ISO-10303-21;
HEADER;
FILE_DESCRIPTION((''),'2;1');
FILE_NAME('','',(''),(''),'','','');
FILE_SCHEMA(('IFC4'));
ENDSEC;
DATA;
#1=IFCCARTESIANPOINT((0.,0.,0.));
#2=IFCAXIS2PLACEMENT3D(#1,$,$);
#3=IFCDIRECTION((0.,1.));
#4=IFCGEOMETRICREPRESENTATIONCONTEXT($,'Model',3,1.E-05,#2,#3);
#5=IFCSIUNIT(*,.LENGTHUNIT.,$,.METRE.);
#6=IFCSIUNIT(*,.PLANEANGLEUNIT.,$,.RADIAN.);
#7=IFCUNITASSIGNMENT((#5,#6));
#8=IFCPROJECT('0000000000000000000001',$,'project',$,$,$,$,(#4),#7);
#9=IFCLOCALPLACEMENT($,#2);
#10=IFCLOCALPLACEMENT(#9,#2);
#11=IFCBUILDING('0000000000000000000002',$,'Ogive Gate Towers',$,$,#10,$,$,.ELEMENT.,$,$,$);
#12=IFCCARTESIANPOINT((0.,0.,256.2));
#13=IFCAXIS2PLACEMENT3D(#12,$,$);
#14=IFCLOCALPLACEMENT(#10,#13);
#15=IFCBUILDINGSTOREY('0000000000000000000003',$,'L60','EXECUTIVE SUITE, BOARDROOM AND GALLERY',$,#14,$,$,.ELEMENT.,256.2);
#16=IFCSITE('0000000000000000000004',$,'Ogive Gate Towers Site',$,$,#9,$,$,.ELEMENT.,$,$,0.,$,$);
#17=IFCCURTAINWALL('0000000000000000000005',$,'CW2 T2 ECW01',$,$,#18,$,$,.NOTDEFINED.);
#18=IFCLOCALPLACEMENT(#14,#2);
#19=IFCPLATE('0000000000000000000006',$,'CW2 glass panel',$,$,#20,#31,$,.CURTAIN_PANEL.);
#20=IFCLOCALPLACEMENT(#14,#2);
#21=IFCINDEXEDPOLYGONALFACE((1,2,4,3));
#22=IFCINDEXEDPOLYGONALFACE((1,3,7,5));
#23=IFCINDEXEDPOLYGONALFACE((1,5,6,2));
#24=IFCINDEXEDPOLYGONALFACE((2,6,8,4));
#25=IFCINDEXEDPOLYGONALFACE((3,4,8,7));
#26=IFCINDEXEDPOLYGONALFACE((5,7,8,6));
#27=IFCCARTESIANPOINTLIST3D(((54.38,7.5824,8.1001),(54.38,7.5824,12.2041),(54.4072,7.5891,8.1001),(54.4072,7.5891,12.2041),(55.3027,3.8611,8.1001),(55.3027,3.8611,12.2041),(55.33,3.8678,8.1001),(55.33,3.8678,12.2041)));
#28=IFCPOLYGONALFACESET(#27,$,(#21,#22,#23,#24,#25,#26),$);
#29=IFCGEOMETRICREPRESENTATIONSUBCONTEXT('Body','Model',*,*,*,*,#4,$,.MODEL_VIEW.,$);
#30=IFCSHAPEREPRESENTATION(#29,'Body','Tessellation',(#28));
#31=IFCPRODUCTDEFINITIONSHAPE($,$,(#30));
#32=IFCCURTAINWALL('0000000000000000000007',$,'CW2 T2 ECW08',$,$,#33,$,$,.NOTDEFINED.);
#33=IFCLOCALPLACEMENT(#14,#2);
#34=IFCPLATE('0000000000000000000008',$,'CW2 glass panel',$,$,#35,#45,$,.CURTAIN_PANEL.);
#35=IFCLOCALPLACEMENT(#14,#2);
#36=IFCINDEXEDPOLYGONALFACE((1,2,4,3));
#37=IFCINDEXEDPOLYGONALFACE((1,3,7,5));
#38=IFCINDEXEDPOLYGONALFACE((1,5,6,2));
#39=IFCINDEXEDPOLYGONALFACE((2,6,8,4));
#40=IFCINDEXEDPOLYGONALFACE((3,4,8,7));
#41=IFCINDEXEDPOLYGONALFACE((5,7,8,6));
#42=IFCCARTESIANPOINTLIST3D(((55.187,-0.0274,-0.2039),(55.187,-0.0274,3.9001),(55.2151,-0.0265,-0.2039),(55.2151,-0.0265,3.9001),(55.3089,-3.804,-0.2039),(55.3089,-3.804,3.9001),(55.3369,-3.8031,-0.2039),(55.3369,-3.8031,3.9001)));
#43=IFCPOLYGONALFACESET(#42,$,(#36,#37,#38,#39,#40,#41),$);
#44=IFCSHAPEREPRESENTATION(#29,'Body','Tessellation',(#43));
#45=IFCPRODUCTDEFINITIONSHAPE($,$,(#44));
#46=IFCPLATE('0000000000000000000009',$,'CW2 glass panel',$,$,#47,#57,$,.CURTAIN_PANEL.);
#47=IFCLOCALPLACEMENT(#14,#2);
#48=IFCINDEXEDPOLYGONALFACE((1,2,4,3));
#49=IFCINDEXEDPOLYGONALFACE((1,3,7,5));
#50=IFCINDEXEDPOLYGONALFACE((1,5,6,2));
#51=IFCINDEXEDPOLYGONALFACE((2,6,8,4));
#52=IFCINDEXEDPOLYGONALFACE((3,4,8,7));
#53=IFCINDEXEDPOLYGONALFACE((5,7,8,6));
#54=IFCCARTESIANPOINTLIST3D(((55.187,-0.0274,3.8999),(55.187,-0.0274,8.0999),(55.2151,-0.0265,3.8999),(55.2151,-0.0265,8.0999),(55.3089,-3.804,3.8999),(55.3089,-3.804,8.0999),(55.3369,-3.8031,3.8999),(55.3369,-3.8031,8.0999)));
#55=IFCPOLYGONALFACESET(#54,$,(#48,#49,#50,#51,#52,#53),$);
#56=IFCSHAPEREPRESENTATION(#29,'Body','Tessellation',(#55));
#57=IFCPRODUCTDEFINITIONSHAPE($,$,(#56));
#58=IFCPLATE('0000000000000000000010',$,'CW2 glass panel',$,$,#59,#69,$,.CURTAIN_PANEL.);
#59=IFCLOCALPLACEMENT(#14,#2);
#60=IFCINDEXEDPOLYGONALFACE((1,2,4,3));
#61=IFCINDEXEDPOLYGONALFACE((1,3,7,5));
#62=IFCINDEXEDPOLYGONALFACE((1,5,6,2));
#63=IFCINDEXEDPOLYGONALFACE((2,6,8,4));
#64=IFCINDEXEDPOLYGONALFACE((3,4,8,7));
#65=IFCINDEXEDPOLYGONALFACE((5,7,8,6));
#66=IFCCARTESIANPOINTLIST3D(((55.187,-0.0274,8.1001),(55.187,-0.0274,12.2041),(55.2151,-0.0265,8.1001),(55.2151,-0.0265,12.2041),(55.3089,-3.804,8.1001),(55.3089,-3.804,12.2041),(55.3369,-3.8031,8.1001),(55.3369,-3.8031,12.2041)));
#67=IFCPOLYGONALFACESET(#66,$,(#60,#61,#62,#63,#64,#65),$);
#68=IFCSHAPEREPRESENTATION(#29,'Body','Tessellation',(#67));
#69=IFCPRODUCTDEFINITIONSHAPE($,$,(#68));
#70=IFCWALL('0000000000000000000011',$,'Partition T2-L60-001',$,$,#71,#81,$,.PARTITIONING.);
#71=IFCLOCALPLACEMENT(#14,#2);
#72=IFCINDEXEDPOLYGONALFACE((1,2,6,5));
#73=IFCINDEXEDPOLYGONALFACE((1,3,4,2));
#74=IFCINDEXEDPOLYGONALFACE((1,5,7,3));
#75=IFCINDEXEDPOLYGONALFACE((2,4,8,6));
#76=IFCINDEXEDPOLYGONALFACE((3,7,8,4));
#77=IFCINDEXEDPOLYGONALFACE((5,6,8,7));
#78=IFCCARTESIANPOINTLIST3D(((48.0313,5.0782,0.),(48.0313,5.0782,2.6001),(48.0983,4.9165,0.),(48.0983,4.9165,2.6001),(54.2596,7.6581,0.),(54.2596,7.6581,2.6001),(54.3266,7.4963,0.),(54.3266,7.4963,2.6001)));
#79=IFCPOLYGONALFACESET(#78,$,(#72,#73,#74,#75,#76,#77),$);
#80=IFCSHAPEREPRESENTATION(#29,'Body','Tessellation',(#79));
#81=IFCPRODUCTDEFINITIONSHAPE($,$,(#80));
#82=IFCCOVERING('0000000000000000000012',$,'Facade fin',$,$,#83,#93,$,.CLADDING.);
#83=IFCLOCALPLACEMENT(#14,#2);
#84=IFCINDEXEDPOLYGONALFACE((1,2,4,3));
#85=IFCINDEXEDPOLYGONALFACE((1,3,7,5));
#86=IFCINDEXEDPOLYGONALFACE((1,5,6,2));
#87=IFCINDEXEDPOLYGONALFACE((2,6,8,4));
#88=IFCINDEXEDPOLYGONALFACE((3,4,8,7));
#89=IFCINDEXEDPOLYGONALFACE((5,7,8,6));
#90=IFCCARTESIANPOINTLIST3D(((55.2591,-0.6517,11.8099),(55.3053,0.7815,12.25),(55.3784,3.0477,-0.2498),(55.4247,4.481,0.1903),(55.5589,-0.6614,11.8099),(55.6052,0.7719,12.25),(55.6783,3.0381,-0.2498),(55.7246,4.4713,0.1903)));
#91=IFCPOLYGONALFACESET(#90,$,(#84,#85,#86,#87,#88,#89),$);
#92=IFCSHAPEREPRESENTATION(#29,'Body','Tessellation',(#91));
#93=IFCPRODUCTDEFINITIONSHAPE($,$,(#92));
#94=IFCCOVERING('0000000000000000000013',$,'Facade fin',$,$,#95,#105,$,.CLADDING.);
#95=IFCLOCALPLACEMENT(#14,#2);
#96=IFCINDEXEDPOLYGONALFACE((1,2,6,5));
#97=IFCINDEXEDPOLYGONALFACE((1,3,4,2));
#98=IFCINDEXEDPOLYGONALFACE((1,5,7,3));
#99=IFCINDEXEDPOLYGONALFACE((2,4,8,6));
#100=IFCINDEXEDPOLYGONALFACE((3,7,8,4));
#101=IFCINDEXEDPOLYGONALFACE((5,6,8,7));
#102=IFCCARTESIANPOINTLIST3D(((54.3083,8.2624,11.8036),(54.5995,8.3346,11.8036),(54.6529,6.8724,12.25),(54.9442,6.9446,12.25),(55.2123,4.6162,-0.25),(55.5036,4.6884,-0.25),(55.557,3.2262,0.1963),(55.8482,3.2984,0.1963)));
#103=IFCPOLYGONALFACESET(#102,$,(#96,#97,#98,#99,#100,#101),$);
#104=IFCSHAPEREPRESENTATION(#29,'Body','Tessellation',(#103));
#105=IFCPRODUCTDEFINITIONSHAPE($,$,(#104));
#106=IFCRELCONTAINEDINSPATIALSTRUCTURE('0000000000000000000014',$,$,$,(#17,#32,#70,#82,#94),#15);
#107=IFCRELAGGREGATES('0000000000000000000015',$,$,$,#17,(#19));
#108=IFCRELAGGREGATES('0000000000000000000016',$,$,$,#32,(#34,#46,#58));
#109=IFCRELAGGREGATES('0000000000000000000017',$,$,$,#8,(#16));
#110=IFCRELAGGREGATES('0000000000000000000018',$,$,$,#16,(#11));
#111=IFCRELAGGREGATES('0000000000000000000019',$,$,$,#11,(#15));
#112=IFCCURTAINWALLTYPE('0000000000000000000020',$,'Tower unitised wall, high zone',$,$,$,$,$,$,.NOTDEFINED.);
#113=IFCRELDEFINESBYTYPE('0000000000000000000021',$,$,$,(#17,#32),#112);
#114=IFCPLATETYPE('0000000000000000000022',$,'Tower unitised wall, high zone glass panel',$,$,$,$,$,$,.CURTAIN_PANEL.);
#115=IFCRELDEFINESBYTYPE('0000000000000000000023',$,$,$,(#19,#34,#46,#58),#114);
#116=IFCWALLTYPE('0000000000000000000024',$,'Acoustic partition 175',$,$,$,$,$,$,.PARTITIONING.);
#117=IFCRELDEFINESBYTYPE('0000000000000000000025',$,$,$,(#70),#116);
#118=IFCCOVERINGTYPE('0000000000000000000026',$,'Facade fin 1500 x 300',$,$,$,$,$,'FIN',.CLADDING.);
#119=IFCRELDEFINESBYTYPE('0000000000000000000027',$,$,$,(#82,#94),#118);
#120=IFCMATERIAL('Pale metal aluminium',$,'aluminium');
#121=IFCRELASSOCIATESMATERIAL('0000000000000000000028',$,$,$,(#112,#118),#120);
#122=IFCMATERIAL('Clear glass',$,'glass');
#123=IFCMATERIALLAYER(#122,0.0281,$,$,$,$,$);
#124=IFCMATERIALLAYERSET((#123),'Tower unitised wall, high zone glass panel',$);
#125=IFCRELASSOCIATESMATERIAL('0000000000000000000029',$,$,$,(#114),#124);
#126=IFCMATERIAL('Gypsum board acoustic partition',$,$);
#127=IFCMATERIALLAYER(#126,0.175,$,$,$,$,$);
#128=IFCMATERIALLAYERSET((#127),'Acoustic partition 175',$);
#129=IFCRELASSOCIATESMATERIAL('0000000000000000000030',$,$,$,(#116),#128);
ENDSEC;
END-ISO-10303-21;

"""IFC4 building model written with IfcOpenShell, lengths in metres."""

from ifc_helpers import new_model, si_unit, direction, frame, frame_2d, origin, origin_2d, place, context, subcontext, project, spatial, rectangle, extrude, material, layer, layer_set, material_profile, profile_set, type_object, element, aggregate, save


model = new_model("IFC4")

# Units and contexts
model_context = context("Model", 3, precision=1e-05, world=origin(), true_north=direction((0.0, 1.0)))
body_context = subcontext(model_context, "Body", "Model", "MODEL_VIEW")
ifc_project = project(units=[si_unit("LENGTHUNIT", "METRE"), si_unit("PLANEANGLEUNIT", "RADIAN")], contexts=[model_context])

# Site, building, storey
site_placement = place(None, origin())
site = spatial("IfcSite", under=ifc_project, at=site_placement, Name="Ogive Gate Towers Site", CompositionType="ELEMENT", RefElevation=0.0)
building_placement = place(site_placement, origin())
building = spatial("IfcBuilding", under=site, at=building_placement, Name="Ogive Gate Towers", CompositionType="ELEMENT")
storey_placement = place(building_placement, frame((0.0, 0.0, 256.2)))
storey = spatial("IfcBuildingStorey", under=building, at=storey_placement, Name="L60", Description="EXECUTIVE SUITE, BOARDROOM AND GALLERY", CompositionType="ELEMENT", Elevation=256.2)

# Curtain wall, plate
ifc_material_1 = material(Name="Pale metal aluminium", Category="aluminium")
curtain_wall_type = type_object("IfcCurtainWallType", Name="Tower unitised wall, high zone", PredefinedType="NOTDEFINED", material=ifc_material_1)
curtain_wall_1_placement = place(storey_placement, origin())
curtain_wall_1 = element("IfcCurtainWall", 1, at=curtain_wall_1_placement, inside=storey, type_object=curtain_wall_type, Name="CW2 T2 ECW01", PredefinedType="NOTDEFINED")
ifc_material_2 = material(Name="Clear glass", Category="glass")
ifc_layer_1 = layer(ifc_material_2, 0.0281)
ifc_layer_set_1 = layer_set([ifc_layer_1], Name="Tower unitised wall, high zone glass panel")
plate_type = type_object("IfcPlateType", Name="Tower unitised wall, high zone glass panel", PredefinedType="CURTAIN_PANEL", material=ifc_layer_set_1)
plate_1_placement = place(storey_placement, frame((54.855, 5.7251, 8.1001), z_axis=(0.0, 0.0, 1.0), x_axis=(-0.240669, 0.970607, 0.0)))
plate_1 = element("IfcPlate", 2, at=plate_1_placement, type_object=plate_type, Name="CW2 glass panel", PredefinedType="CURTAIN_PANEL", context=body_context, shape_type="SweptSolid", body=[
    extrude(rectangle(XDim=3.834, YDim=0.0281, at=origin_2d()), origin(), (0.0, 0.0, 1.0), 4.104),
])
aggregate(curtain_wall_1, [plate_1])

# Curtain wall, plates
curtain_wall_2_placement = place(storey_placement, origin())
curtain_wall_2 = element("IfcCurtainWall", 3, at=curtain_wall_2_placement, inside=storey, type_object=curtain_wall_type, Name="CW2 T2 ECW08", PredefinedType="NOTDEFINED")
plate_2_placement = place(storey_placement, frame((55.262, -1.9153, -0.2039), z_axis=(0.0, 0.0, 1.0), x_axis=(-0.032248, 0.99948, 0.0)))
plate_2 = element("IfcPlate", 4, at=plate_2_placement, type_object=plate_type, Name="CW2 glass panel", PredefinedType="CURTAIN_PANEL", context=body_context, shape_type="SweptSolid", body=[
    extrude(rectangle(XDim=3.7786, YDim=0.0281, at=origin_2d()), origin(), (0.0, 0.0, 1.0), 4.104),
])
plate_3_placement = place(storey_placement, frame((55.262, -1.9153, 3.8999), z_axis=(0.0, 0.0, 1.0), x_axis=(-0.032248, 0.99948, 0.0)))
plate_3 = element("IfcPlate", 5, at=plate_3_placement, type_object=plate_type, Name="CW2 glass panel", PredefinedType="CURTAIN_PANEL", context=body_context, shape_type="SweptSolid", body=[
    extrude(rectangle(XDim=3.7786, YDim=0.0281, at=origin_2d()), origin(), (0.0, 0.0, 1.0), 4.2),
])
plate_4_placement = place(storey_placement, frame((55.262, -1.9153, 8.1001), z_axis=(0.0, 0.0, 1.0), x_axis=(-0.032248, 0.99948, 0.0)))
plate_4 = element("IfcPlate", 6, at=plate_4_placement, type_object=plate_type, Name="CW2 glass panel", PredefinedType="CURTAIN_PANEL", context=body_context, shape_type="SweptSolid", body=[
    extrude(rectangle(XDim=3.7786, YDim=0.0281, at=origin_2d()), origin(), (0.0, 0.0, 1.0), 4.104),
])
aggregate(curtain_wall_2, [plate_2, plate_3, plate_4])

# Wall
ifc_material_3 = material(Name="Gypsum board acoustic partition")
ifc_layer_2 = layer(ifc_material_3, 0.175)
ifc_layer_set_2 = layer_set([ifc_layer_2], Name="Acoustic partition 175")
wall_type = type_object("IfcWallType", Name="Acoustic partition 175", PredefinedType="PARTITIONING", material=ifc_layer_set_2)
wall_placement = place(storey_placement, frame((54.293, 7.5771, 0.0), z_axis=(0.0, 0.0, 1.0), x_axis=(-0.92388, -0.382683, 0.0)))
element("IfcWall", 7, at=wall_placement, inside=storey, type_object=wall_type, Name="Partition T2-L60-001", PredefinedType="PARTITIONING", context=body_context, shape_type="SweptSolid", body=[
    extrude(rectangle(XDim=6.7415, YDim=0.175, at=frame_2d((3.3706, 0.0))), origin(), (0.0, 0.0, 1.0), 2.6001),
])

# Coverings
ifc_material_profile_1 = material_profile(ifc_material_1, rectangle(XDim=0.3, YDim=1.5, at=origin_2d()), Name="1500 x 300 pale metal aluminium")
ifc_profile_set_1 = profile_set([ifc_material_profile_1], Name="Pale metal aluminium")
covering_type = type_object("IfcCoveringType", Name="Facade fin 1500 x 300", ElementType="FIN", PredefinedType="CLADDING", material=ifc_profile_set_1)
covering_1_placement = place(storey_placement, frame((55.5515, 3.7595, -0.0298), z_axis=(-0.009464, -0.293258, 0.955987), x_axis=(0.99948, -0.032254, 0.0)))
element("IfcCovering", 8, at=covering_1_placement, inside=storey, type_object=covering_type, Name="Facade fin", PredefinedType="CLADDING", context=body_context, shape_type="SweptSolid", body=[
    extrude(rectangle(XDim=0.3, YDim=1.5, at=origin_2d()), origin(), (0.0, 0.0, 1.0), 12.615),
])
covering_2_placement = place(storey_placement, frame((55.5303, 3.9573, -0.0269), z_axis=(-0.071605, 0.288799, 0.954708), x_axis=(-0.970611, -0.240654, 0.0)))
element("IfcCovering", 9, at=covering_2_placement, inside=storey, type_object=covering_type, Name="Facade fin", PredefinedType="CLADDING", context=body_context, shape_type="SweptSolid", body=[
    extrude(rectangle(XDim=0.3, YDim=1.5, at=origin_2d()), origin(), (0.0, 0.0, 1.0), 12.6255),
])

save(model, "model.ifc")
